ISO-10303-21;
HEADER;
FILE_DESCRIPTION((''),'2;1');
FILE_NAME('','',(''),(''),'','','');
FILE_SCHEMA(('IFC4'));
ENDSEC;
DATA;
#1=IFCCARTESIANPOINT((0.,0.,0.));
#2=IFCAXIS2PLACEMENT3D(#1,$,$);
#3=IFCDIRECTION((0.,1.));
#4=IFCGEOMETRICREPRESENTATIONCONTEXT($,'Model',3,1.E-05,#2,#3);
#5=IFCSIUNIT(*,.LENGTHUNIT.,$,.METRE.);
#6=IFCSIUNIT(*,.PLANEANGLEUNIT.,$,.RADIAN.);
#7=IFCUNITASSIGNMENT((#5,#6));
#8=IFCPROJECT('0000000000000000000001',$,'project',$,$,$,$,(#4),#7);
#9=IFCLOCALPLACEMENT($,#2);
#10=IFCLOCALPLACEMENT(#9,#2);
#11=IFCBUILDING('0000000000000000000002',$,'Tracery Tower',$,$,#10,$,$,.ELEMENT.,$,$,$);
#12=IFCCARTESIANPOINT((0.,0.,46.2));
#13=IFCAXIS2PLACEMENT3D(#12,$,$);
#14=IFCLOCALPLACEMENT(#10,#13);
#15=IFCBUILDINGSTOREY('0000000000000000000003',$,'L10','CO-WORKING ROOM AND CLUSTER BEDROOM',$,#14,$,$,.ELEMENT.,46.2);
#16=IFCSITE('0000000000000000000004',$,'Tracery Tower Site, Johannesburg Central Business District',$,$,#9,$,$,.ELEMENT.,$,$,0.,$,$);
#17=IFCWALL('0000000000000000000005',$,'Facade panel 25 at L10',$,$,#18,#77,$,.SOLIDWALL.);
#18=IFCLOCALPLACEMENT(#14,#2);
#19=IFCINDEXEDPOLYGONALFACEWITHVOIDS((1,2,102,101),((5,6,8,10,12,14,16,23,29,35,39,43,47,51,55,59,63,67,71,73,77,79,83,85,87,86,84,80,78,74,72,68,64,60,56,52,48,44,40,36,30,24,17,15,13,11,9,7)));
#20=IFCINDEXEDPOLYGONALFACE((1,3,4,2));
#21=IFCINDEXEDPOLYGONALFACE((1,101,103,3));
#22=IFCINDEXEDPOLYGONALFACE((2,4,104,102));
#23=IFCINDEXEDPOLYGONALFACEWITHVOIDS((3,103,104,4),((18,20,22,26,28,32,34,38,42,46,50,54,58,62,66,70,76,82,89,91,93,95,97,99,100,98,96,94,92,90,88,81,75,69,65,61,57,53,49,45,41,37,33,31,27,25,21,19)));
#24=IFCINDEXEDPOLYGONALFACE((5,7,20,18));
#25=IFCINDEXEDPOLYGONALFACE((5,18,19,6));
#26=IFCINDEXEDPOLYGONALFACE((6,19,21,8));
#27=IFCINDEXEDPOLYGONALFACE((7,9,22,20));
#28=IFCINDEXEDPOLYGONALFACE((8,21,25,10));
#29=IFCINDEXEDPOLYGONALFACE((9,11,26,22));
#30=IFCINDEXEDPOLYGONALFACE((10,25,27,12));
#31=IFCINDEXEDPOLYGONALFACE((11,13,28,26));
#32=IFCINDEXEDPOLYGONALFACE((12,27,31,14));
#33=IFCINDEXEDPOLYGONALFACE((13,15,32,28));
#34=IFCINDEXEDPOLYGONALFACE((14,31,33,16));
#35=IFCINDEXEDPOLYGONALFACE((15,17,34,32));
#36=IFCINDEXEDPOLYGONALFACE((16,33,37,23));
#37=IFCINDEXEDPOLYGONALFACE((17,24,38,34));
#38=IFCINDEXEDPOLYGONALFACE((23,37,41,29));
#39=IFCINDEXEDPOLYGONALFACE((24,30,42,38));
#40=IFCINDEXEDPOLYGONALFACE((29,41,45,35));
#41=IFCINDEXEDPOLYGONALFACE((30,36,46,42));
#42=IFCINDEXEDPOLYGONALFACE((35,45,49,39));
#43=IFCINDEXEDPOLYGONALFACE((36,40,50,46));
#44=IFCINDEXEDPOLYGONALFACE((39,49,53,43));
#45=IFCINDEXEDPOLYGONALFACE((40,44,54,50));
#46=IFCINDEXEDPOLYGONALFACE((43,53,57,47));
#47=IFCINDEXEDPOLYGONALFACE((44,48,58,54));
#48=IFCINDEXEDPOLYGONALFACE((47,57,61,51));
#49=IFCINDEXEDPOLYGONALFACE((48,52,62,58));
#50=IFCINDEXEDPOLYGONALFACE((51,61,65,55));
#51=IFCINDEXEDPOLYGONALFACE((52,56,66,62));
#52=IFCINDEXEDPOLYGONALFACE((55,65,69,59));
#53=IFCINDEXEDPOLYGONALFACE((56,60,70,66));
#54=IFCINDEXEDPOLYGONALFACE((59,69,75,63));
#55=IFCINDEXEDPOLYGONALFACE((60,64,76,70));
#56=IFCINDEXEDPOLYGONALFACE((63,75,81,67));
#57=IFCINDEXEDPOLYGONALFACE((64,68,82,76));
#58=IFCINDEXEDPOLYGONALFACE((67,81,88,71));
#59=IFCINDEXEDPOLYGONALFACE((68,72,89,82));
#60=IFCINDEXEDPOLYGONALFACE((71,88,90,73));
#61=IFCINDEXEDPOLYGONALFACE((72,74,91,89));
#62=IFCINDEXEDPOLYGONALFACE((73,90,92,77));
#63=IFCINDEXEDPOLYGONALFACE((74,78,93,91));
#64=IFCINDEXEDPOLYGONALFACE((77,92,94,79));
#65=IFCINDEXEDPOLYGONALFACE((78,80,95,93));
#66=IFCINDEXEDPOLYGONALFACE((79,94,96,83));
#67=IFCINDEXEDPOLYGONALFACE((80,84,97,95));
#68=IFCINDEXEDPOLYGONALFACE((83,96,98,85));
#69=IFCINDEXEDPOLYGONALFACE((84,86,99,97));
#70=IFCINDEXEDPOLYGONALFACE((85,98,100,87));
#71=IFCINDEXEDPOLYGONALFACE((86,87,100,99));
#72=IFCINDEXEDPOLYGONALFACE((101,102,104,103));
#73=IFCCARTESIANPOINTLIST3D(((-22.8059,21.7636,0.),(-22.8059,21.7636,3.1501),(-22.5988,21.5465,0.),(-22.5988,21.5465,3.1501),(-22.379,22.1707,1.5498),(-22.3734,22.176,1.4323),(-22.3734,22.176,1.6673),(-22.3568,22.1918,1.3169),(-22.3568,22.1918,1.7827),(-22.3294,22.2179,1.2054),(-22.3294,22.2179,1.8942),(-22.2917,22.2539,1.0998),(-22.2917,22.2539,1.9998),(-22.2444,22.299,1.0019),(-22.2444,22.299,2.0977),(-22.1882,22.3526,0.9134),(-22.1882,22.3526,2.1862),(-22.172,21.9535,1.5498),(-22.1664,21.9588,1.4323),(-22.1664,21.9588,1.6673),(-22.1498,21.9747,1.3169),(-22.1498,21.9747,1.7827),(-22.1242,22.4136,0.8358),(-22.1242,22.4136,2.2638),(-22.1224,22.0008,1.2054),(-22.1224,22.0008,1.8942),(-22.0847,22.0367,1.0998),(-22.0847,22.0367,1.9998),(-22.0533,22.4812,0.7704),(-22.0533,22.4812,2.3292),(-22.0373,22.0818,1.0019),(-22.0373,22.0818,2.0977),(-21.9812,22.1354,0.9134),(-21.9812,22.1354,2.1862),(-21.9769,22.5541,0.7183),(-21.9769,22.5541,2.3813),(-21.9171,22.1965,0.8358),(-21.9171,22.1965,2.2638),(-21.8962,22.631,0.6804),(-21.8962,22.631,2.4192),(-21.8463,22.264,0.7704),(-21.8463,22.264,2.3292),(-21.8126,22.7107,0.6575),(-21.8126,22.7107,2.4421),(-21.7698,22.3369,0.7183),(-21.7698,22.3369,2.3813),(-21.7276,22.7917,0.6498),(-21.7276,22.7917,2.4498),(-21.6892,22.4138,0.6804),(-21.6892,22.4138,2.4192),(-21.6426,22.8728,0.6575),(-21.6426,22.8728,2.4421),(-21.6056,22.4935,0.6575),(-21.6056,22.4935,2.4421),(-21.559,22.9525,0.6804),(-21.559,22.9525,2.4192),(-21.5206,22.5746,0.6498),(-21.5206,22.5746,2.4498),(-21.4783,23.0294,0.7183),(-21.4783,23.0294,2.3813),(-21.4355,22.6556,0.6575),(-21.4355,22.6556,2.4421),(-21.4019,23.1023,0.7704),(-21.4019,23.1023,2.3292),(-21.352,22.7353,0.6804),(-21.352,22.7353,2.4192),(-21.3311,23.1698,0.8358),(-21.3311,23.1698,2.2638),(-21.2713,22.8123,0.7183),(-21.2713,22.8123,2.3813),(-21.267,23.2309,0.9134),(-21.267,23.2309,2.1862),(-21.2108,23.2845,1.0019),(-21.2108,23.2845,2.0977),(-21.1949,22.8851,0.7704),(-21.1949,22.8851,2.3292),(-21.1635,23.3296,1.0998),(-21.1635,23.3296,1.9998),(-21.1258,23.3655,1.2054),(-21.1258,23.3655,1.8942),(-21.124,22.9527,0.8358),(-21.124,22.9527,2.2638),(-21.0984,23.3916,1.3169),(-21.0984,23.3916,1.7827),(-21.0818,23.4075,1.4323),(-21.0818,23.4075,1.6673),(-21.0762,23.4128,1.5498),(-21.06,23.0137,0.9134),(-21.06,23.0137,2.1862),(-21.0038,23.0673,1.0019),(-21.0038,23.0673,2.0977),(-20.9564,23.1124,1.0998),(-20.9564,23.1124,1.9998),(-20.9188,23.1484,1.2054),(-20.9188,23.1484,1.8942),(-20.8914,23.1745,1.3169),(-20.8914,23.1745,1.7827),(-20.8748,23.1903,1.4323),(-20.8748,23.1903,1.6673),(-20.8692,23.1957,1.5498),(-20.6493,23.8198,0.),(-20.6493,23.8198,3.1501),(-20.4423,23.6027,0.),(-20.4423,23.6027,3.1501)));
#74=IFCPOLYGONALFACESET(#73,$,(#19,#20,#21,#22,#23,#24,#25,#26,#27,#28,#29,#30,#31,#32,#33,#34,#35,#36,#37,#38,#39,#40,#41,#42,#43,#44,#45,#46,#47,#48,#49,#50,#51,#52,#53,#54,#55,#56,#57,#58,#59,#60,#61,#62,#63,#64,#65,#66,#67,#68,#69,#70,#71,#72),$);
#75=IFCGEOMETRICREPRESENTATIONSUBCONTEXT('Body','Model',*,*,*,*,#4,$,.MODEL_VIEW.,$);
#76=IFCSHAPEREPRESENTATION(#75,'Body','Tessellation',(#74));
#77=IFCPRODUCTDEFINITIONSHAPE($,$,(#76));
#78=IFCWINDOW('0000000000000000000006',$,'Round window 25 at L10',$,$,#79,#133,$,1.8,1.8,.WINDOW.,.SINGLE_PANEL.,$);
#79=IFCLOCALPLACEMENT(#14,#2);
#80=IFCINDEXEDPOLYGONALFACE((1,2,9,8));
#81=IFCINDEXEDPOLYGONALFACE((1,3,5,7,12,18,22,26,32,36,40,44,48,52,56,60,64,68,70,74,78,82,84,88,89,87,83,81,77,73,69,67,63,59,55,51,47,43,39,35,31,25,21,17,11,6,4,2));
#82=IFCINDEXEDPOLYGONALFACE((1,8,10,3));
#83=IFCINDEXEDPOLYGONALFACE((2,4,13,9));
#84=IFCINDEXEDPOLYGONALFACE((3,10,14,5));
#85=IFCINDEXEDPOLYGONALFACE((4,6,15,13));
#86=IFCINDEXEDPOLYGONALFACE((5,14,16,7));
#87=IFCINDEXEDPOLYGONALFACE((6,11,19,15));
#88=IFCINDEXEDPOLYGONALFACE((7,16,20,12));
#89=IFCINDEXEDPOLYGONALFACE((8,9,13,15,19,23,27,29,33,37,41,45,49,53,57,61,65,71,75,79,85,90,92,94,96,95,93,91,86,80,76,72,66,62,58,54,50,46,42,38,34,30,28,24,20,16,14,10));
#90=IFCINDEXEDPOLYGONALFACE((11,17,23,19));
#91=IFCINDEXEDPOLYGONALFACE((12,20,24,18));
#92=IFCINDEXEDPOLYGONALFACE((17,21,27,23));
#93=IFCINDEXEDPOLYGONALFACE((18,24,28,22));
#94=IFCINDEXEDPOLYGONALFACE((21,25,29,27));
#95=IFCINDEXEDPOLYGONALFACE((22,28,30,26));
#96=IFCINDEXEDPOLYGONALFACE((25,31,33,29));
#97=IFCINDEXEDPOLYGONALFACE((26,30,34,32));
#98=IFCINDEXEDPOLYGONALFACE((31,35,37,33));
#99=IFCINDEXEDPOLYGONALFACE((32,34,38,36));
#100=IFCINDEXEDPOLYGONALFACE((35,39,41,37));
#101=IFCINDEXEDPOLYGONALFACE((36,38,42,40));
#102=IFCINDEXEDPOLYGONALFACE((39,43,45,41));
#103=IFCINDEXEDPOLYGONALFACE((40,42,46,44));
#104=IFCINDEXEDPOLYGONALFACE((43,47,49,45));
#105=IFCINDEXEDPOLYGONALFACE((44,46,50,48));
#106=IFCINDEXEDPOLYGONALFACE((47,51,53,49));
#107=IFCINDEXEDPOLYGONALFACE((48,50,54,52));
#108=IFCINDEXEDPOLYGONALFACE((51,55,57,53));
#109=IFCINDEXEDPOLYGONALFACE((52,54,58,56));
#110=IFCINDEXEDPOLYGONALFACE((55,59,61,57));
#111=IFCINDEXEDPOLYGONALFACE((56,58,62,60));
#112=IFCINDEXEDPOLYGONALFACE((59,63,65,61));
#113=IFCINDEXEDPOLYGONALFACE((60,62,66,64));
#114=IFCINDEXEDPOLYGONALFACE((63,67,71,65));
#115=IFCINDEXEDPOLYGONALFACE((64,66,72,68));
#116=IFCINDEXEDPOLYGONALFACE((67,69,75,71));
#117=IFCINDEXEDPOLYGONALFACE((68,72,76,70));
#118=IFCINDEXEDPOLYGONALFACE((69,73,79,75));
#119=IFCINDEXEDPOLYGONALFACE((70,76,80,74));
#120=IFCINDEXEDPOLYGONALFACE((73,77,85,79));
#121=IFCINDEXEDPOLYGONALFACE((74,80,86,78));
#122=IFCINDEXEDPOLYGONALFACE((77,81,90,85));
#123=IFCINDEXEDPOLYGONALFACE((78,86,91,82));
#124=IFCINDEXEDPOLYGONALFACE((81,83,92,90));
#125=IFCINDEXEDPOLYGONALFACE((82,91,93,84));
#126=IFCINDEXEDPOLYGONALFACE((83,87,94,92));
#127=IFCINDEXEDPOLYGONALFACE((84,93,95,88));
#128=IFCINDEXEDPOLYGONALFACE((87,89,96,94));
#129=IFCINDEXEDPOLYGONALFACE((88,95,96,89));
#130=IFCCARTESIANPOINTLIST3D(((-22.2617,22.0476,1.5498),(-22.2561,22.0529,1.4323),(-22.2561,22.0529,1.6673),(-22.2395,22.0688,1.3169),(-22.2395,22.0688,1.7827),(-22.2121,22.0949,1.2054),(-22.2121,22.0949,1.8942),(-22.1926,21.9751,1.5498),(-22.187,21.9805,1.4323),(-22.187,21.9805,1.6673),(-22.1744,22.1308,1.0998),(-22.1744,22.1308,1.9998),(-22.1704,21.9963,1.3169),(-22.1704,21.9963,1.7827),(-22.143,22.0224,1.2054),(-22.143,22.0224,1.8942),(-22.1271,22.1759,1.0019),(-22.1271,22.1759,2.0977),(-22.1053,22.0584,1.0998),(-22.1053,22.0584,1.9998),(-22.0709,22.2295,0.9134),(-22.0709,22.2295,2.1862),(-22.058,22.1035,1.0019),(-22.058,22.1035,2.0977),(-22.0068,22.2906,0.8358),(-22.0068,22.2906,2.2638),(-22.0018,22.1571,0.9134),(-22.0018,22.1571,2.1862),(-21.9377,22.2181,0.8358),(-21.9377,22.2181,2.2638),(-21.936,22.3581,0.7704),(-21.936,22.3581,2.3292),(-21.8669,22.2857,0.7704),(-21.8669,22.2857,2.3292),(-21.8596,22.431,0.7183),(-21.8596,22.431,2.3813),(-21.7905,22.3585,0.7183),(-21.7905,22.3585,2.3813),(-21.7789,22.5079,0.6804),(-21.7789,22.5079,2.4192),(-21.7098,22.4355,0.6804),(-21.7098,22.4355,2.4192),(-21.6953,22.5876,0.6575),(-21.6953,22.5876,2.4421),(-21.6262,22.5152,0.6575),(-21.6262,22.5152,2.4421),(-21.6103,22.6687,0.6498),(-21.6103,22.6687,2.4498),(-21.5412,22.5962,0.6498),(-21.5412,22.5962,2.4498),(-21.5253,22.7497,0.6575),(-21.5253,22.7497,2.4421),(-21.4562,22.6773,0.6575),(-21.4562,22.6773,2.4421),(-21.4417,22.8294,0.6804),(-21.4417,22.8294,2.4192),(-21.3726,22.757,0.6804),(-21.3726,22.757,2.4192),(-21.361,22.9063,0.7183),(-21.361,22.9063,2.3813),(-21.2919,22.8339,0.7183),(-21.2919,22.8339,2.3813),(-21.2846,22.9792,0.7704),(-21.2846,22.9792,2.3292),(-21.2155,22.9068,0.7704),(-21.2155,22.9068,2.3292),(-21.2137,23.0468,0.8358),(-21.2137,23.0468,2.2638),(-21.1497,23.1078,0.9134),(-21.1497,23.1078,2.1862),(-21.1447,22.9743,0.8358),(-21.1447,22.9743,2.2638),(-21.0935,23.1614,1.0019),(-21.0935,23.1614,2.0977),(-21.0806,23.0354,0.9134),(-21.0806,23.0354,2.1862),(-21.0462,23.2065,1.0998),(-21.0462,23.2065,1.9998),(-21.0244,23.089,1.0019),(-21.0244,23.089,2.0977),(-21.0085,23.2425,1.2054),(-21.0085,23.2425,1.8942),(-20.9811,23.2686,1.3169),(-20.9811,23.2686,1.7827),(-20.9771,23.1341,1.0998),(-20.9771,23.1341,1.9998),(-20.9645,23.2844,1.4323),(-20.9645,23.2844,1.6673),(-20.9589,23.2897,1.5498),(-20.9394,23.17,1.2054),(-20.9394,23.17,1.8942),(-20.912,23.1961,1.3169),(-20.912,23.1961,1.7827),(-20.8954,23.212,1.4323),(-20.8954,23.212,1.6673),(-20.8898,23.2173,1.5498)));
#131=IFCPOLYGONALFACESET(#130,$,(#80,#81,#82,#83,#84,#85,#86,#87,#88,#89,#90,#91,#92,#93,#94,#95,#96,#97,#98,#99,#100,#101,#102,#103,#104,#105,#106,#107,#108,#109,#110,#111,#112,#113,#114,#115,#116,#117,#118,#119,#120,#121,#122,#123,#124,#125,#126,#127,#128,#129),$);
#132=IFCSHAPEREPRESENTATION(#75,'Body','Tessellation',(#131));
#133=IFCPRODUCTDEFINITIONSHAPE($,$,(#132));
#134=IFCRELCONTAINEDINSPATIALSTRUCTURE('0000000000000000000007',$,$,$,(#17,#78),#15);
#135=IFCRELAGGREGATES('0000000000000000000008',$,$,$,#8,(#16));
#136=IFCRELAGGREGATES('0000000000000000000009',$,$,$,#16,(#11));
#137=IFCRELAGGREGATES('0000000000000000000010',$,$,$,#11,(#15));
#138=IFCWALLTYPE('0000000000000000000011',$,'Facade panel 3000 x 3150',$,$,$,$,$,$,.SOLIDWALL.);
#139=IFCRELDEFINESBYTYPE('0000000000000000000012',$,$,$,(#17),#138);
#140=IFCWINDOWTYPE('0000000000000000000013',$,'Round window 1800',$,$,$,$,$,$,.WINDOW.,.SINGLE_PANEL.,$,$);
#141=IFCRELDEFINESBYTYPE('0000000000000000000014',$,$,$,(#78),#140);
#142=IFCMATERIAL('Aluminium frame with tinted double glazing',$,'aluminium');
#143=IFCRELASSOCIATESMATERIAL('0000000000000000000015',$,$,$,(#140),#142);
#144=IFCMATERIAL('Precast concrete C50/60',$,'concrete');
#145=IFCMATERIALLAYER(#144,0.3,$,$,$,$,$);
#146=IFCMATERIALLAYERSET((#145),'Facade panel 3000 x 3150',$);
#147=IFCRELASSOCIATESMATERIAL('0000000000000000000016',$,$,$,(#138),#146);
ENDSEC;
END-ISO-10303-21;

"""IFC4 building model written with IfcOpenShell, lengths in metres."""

from ifc_helpers import new_model, si_unit, direction, frame, frame_2d, origin, origin_2d, place, context, subcontext, project, spatial, rectangle, circle, extrude, material, layer, layer_set, type_object, element, fill, save


model = new_model("IFC4")

# Units and contexts
model_context = context("Model", 3, precision=1e-05, world=origin(), true_north=direction((0.0, 1.0)))
body_context = subcontext(model_context, "Body", "Model", "MODEL_VIEW")
ifc_project = project(units=[si_unit("LENGTHUNIT", "METRE"), si_unit("PLANEANGLEUNIT", "RADIAN")], contexts=[model_context])

# Site, building, storey
site_placement = place(None, origin())
site = spatial("IfcSite", under=ifc_project, at=site_placement, Name="Tracery Tower Site, Johannesburg Central Business District", CompositionType="ELEMENT", RefElevation=0.0)
building_placement = place(site_placement, origin())
building = spatial("IfcBuilding", under=site, at=building_placement, Name="Tracery Tower", CompositionType="ELEMENT")
storey_placement = place(building_placement, frame((0.0, 0.0, 46.2)))
storey = spatial("IfcBuildingStorey", under=building, at=storey_placement, Name="L10", Description="CO-WORKING ROOM AND CLUSTER BEDROOM", CompositionType="ELEMENT", Elevation=46.2)

# Wall, opening, window
ifc_material_1 = material(Name="Aluminium frame with tinted double glazing", Category="aluminium")
window_type = type_object("IfcWindowType", Name="Round window 1800", PartitioningType="SINGLE_PANEL", PredefinedType="WINDOW", material=ifc_material_1)
ifc_material_2 = material(Name="Precast concrete C50/60", Category="concrete")
ifc_layer_1 = layer(ifc_material_2, 0.3)
ifc_layer_set_1 = layer_set([ifc_layer_1], Name="Facade panel 3000 x 3150")
wall_type_1 = type_object("IfcWallType", Name="Facade panel 3000 x 3150", PredefinedType="SOLIDWALL", material=ifc_layer_set_1)
wall_1_placement = place(storey_placement, frame((-20.5459, 23.7112, 0.0), z_axis=(0.0, 0.0, 1.0), x_axis=(-0.723744, -0.690068, 0.0)))
wall_1 = element("IfcWall", 1, at=wall_1_placement, inside=storey, type_object=wall_type_1, Name="Facade panel 25 at L10", PredefinedType="SOLIDWALL", context=body_context, shape_type="SweptSolid", body=[
    extrude(rectangle(XDim=2.9797, YDim=0.3, at=frame_2d((1.4897, 0.0))), origin(), (0.0, 0.0, 1.0), 3.1501),
])
opening_1_placement = place(wall_1_placement, frame((1.4897, 0.0, 1.5498)))
opening_1 = element("IfcOpeningElement", 2, at=opening_1_placement, cuts=wall_1, PredefinedType="OPENING", context=body_context, shape_type="SweptSolid", body=[
    extrude(circle(Radius=0.9, at=origin_2d()), frame((0.0, 0.1599, 0.0), z_axis=(0.0, -1.0, 0.0), x_axis=(1.0, 0.0, 0.0)), (0.0, 0.0, 1.0), 0.3201),
])
window_1_placement = place(opening_1_placement, origin())
window_1 = element("IfcWindow", 3, at=window_1_placement, inside=storey, type_object=window_type, Name="Round window 25 at L10", OverallHeight=1.8, OverallWidth=1.8, PartitioningType="SINGLE_PANEL", PredefinedType="WINDOW", context=body_context, shape_type="SweptSolid", body=[
    extrude(circle(Radius=0.9, at=origin_2d()), frame((0.0, 0.1201, 0.0), z_axis=(0.0, -1.0, 0.0), x_axis=(1.0, 0.0, 0.0)), (0.0, 0.0, 1.0), 0.1001),
])
fill(opening_1, window_1)

save(model, "model.ifc")
